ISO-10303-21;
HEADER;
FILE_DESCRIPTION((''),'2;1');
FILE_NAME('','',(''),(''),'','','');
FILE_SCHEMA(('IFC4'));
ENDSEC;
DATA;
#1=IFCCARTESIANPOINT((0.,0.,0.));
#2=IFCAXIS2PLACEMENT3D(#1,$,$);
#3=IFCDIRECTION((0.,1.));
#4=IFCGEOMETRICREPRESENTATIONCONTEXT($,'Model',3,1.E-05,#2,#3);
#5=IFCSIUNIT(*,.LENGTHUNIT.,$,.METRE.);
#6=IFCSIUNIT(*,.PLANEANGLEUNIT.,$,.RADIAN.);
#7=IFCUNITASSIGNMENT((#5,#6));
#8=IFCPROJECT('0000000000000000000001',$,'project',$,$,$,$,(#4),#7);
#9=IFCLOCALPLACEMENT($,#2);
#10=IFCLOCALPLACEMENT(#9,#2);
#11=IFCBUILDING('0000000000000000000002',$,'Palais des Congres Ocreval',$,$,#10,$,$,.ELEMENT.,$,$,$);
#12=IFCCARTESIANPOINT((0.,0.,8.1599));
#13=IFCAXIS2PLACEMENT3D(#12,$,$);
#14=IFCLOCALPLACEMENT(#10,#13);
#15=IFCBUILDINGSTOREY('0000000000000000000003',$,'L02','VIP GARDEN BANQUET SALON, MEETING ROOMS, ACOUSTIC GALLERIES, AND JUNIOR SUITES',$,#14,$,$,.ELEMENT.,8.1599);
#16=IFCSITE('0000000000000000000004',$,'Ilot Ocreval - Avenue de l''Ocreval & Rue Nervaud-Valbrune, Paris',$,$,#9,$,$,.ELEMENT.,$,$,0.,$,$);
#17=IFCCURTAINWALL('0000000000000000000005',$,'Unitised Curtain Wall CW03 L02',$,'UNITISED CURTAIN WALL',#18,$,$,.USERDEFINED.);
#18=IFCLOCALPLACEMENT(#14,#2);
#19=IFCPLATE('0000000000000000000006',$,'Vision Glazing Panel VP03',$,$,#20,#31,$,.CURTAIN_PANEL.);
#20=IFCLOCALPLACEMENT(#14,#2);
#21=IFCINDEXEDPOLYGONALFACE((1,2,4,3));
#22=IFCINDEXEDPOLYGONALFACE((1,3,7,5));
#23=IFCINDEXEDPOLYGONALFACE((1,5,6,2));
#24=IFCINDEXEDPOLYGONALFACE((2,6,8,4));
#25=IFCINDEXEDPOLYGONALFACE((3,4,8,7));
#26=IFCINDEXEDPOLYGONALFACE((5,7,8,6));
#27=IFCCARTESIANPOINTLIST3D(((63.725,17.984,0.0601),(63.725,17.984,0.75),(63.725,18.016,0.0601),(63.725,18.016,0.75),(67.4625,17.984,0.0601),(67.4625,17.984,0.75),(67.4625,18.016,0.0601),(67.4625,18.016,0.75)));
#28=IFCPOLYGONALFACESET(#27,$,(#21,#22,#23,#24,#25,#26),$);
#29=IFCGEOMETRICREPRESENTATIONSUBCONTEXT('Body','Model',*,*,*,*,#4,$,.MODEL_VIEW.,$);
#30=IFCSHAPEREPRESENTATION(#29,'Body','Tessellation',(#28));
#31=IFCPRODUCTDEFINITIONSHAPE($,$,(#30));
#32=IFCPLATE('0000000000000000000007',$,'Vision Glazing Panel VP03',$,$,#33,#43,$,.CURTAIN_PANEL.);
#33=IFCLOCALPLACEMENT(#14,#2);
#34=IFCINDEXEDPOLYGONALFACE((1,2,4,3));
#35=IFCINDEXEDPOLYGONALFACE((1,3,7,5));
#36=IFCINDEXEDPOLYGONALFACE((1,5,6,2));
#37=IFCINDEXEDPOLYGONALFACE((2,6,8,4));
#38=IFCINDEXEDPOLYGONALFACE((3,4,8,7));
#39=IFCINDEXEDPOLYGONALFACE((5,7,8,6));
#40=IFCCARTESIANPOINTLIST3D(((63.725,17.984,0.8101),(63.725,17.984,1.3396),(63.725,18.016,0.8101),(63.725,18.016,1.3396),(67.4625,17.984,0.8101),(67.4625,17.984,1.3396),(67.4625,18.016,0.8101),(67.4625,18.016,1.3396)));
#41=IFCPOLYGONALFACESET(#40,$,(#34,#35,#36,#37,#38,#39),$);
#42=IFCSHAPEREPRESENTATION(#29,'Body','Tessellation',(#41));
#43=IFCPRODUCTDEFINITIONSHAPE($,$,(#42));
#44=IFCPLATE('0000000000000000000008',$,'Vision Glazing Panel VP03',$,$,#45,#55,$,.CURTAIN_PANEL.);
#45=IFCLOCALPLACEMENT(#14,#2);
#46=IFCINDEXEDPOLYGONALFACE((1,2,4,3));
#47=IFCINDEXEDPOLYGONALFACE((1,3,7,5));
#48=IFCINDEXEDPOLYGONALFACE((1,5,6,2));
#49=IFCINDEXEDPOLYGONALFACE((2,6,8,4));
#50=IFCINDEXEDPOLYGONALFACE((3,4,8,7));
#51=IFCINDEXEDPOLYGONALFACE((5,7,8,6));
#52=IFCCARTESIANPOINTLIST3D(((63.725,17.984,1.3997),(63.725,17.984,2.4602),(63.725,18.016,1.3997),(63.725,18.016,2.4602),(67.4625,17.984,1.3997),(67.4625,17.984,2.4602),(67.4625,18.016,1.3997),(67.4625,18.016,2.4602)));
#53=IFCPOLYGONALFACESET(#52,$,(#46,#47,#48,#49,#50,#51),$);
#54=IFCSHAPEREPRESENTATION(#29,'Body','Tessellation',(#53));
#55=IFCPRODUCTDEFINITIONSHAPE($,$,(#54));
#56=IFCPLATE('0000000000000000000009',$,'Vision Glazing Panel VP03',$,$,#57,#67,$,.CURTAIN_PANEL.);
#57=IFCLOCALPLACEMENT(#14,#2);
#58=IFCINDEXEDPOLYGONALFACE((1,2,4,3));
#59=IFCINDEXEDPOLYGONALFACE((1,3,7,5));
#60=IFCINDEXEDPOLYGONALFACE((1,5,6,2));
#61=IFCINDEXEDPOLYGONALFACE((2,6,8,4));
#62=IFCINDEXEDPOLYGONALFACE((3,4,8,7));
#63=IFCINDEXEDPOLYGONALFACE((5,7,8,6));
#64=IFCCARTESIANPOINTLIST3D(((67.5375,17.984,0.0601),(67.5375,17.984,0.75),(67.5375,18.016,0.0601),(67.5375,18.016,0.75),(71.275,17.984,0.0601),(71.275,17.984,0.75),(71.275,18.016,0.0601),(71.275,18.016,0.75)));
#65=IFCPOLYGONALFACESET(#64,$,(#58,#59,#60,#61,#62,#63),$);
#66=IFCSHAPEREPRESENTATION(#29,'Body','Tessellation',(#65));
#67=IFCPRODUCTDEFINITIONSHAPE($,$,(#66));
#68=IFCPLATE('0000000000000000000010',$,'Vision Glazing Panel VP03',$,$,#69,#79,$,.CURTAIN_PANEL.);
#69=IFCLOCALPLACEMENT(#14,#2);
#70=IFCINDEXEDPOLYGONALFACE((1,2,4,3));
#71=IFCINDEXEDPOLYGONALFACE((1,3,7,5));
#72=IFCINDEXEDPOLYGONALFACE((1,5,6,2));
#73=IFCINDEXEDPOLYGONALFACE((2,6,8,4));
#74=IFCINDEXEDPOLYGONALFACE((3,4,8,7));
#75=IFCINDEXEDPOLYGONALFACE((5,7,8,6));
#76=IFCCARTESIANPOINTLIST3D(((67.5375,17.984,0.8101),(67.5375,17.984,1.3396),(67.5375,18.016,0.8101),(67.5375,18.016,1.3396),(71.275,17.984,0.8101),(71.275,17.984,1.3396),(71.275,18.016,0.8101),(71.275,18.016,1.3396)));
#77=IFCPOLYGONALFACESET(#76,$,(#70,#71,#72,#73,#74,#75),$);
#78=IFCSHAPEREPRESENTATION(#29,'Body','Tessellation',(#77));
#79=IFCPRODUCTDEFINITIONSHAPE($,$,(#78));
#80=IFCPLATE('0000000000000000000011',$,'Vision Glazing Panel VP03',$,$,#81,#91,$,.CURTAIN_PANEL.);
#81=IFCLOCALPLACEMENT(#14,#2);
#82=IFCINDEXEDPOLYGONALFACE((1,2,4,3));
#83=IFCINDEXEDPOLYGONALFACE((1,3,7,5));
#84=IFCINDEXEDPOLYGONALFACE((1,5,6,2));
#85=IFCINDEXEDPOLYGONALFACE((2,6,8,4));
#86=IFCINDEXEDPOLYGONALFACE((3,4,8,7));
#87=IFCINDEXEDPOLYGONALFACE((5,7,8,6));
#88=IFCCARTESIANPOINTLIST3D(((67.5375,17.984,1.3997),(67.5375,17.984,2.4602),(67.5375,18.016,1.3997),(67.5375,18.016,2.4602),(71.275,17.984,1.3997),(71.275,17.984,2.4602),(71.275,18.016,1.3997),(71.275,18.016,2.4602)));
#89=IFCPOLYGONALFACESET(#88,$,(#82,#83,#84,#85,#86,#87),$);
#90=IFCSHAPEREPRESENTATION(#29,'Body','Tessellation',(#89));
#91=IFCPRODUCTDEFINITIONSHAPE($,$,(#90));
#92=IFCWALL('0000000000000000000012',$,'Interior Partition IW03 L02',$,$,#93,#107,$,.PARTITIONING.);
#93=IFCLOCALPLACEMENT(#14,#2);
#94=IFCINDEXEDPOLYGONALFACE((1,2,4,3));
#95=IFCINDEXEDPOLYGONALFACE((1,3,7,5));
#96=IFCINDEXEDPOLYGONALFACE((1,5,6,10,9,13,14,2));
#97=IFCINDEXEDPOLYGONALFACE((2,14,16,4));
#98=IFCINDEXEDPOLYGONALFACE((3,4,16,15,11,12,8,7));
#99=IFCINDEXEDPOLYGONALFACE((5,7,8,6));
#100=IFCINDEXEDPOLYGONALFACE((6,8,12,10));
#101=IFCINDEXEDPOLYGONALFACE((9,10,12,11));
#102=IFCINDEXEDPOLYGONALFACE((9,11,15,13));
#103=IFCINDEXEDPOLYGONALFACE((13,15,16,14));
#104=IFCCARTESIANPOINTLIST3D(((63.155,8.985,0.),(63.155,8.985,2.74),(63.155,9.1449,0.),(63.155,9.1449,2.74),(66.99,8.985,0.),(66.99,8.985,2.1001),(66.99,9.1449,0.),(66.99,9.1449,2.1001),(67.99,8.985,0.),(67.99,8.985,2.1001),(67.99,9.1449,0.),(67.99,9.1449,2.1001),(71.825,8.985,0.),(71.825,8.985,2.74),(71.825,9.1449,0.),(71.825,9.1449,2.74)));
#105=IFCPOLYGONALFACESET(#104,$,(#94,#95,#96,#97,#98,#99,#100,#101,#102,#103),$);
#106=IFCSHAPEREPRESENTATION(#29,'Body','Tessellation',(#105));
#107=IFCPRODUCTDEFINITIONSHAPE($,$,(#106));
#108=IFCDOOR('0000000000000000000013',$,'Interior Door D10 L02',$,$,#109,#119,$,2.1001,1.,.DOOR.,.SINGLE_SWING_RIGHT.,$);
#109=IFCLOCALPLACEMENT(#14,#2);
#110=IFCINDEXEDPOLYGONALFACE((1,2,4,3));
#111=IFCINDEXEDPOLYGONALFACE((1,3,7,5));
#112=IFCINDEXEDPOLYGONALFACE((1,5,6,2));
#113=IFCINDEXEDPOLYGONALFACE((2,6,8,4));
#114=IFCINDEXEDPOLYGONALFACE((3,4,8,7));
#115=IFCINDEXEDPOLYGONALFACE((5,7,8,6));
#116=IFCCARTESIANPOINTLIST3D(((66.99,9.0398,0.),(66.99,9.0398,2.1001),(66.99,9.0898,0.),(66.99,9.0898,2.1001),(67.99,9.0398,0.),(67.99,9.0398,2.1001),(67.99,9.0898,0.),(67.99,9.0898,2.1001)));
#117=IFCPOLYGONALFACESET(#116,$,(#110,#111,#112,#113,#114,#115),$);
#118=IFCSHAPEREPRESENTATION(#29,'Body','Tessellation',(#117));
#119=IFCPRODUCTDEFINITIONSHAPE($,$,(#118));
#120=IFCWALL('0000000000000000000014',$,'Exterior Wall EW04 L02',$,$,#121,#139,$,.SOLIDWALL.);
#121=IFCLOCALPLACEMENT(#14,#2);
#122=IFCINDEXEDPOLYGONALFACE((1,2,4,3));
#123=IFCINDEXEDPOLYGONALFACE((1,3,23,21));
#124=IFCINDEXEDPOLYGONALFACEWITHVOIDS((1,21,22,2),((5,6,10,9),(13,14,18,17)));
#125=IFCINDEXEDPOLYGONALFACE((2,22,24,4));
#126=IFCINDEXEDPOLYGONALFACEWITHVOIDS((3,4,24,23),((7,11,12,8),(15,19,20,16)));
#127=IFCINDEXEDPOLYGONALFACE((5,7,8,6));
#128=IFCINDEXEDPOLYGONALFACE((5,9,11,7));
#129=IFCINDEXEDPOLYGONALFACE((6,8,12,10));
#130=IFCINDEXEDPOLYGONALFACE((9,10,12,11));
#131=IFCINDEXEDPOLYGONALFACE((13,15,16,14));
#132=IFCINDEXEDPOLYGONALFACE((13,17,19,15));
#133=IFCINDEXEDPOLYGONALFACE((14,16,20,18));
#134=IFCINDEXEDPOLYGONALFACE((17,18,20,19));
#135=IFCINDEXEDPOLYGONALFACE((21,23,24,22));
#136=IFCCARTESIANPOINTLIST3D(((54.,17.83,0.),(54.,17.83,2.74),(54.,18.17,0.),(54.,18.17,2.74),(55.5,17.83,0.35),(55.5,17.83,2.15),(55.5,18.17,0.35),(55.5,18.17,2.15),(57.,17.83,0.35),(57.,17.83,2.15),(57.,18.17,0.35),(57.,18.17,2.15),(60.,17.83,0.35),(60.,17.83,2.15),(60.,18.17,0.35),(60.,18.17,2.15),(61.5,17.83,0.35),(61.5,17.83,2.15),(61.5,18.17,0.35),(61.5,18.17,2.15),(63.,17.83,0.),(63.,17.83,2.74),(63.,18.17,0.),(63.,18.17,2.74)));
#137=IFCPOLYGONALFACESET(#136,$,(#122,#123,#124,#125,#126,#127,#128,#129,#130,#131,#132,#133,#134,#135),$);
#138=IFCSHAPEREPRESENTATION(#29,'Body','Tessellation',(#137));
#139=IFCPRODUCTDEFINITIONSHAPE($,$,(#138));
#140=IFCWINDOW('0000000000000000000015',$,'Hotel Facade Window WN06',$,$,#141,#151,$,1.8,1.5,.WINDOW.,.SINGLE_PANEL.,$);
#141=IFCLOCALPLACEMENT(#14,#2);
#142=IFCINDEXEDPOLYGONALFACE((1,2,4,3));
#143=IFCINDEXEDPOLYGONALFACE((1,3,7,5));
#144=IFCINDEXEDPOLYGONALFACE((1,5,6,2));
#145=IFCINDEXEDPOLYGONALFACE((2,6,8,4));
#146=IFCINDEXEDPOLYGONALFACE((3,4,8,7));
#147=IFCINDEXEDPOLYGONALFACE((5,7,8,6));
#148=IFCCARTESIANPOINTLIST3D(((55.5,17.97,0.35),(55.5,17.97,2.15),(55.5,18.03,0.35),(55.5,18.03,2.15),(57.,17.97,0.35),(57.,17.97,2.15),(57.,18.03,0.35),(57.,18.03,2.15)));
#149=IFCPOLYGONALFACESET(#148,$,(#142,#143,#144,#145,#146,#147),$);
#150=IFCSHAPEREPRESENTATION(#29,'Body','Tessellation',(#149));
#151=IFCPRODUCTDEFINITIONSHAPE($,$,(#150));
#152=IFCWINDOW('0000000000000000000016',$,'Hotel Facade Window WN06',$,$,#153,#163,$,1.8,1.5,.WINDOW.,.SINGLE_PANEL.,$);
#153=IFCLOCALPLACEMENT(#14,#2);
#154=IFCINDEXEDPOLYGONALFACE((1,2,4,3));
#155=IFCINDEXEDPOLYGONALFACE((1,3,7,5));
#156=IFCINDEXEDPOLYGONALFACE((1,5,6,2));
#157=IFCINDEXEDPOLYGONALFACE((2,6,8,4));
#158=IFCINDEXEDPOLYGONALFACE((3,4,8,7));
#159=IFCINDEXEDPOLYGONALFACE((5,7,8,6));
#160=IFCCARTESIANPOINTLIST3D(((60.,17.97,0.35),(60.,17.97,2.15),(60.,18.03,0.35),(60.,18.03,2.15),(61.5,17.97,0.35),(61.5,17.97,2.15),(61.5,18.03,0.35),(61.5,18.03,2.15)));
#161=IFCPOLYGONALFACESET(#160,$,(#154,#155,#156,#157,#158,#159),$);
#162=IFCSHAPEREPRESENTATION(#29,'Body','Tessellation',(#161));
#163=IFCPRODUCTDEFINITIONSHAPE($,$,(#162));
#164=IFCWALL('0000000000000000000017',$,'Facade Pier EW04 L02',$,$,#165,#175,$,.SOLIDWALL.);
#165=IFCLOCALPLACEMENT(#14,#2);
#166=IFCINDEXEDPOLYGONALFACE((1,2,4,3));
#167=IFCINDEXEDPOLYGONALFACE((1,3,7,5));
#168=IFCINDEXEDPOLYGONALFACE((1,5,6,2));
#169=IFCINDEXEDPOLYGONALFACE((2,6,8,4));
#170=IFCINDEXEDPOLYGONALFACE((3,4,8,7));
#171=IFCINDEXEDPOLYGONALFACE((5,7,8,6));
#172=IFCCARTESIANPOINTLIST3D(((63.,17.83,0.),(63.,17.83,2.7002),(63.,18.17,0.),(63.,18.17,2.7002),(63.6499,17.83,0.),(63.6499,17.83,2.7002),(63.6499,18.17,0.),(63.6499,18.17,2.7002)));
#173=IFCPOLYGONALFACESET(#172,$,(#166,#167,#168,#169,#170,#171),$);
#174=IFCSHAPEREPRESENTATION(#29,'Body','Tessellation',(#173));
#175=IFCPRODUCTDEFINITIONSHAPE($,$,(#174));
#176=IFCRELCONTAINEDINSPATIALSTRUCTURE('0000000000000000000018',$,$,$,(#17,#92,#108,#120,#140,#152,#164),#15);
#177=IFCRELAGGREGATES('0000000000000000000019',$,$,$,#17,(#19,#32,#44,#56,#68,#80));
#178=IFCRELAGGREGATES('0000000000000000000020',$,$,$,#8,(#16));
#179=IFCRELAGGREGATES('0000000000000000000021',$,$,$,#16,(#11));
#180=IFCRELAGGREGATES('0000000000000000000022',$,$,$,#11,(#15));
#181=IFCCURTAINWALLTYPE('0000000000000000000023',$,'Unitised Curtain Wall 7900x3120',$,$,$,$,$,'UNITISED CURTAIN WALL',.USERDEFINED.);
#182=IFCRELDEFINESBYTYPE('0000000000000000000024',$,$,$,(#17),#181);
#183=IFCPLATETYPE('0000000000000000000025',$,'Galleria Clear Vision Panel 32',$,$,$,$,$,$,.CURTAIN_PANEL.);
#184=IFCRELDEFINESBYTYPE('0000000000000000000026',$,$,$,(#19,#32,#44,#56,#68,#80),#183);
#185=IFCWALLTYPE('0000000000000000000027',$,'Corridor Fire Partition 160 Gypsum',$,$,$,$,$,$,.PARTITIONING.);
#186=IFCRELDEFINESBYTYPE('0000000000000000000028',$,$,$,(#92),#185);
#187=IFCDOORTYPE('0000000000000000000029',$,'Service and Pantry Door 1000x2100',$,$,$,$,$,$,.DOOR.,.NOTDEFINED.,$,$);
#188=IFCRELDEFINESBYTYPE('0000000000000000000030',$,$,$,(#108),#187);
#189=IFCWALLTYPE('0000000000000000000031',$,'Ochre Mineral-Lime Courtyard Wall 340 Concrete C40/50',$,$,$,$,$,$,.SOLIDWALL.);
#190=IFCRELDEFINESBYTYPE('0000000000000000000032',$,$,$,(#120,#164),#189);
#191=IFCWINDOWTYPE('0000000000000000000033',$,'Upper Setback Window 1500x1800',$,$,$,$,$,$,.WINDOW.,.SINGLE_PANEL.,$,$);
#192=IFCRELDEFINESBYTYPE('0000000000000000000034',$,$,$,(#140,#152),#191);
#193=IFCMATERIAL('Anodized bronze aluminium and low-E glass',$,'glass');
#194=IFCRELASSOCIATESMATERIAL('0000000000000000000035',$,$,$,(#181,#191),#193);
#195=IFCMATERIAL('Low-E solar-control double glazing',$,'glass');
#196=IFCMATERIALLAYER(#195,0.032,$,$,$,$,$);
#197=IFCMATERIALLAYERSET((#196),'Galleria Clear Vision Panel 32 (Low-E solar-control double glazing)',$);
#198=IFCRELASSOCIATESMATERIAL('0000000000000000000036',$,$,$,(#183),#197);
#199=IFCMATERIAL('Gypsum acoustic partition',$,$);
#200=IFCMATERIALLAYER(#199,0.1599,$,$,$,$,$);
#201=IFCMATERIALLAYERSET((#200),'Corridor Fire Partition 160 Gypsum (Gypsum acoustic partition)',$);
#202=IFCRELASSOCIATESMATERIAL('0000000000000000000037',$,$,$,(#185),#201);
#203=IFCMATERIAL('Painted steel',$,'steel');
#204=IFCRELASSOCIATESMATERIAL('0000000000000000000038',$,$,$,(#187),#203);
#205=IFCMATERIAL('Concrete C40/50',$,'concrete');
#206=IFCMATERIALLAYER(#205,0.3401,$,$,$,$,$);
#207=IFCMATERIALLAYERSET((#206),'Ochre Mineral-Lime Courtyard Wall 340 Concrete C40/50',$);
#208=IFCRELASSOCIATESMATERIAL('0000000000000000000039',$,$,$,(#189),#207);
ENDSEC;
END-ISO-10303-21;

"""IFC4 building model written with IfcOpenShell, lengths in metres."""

from ifc_helpers import new_model, si_unit, direction, frame, frame_2d, origin, origin_2d, place, context, subcontext, project, spatial, rectangle, extrude, material, layer, layer_set, type_object, element, fill, aggregate, save


model = new_model("IFC4")

# Units and contexts
model_context = context("Model", 3, precision=1e-05, world=origin(), true_north=direction((0.0, 1.0)))
body_context = subcontext(model_context, "Body", "Model", "MODEL_VIEW")
ifc_project = project(units=[si_unit("LENGTHUNIT", "METRE"), si_unit("PLANEANGLEUNIT", "RADIAN")], contexts=[model_context])

# Site, building, storey
site_placement = place(None, origin())
site = spatial("IfcSite", under=ifc_project, at=site_placement, Name="Ilot Ocreval - Avenue de l'Ocreval & Rue Nervaud-Valbrune, Paris", CompositionType="ELEMENT", RefElevation=0.0)
building_placement = place(site_placement, origin())
building = spatial("IfcBuilding", under=site, at=building_placement, Name="Palais des Congres Ocreval", CompositionType="ELEMENT")
storey_placement = place(building_placement, frame((0.0, 0.0, 8.1599)))
storey = spatial("IfcBuildingStorey", under=building, at=storey_placement, Name="L02", Description="VIP GARDEN BANQUET SALON, MEETING ROOMS, ACOUSTIC GALLERIES, AND JUNIOR SUITES", CompositionType="ELEMENT", Elevation=8.1599)

# Shared definitions
ifc_material_1 = material(Name="Concrete C40/50", Category="concrete")

# Curtain wall
ifc_material_2 = material(Name="Anodized bronze aluminium and low-E glass", Category="glass")
curtain_wall_type = type_object("IfcCurtainWallType", Name="Unitised Curtain Wall 7900x3120", ElementType="UNITISED CURTAIN WALL", PredefinedType="USERDEFINED", material=ifc_material_2)
curtain_wall_placement = place(storey_placement, origin())
curtain_wall = element("IfcCurtainWall", 1, at=curtain_wall_placement, inside=storey, type_object=curtain_wall_type, Name="Unitised Curtain Wall CW03 L02", ObjectType="UNITISED CURTAIN WALL", PredefinedType="USERDEFINED")

# Plates
ifc_material_3 = material(Name="Low-E solar-control double glazing", Category="glass")
ifc_layer_1 = layer(ifc_material_3, 0.032)
ifc_layer_set_1 = layer_set([ifc_layer_1], Name="Galleria Clear Vision Panel 32 (Low-E solar-control double glazing)")
plate_type_1 = type_object("IfcPlateType", Name="Galleria Clear Vision Panel 32", PredefinedType="CURTAIN_PANEL", material=ifc_layer_set_1)
plate_1_placement = place(storey_placement, frame((65.5938, 18.0, 0.0601), z_axis=(0.0, 0.0, 1.0), x_axis=(1.0, 0.0, 0.0)))
plate_1 = element("IfcPlate", 2, at=plate_1_placement, type_object=plate_type_1, Name="Vision Glazing Panel VP03", PredefinedType="CURTAIN_PANEL", context=body_context, shape_type="SweptSolid", body=[
    extrude(rectangle(XDim=3.7375, YDim=0.032, at=origin_2d()), origin(), (0.0, 0.0, 1.0), 0.6899),
])
plate_2_placement = place(storey_placement, frame((65.5938, 18.0, 0.8101), z_axis=(0.0, 0.0, 1.0), x_axis=(1.0, 0.0, 0.0)))
plate_2 = element("IfcPlate", 3, at=plate_2_placement, type_object=plate_type_1, Name="Vision Glazing Panel VP03", PredefinedType="CURTAIN_PANEL", context=body_context, shape_type="SweptSolid", body=[
    extrude(rectangle(XDim=3.7375, YDim=0.032, at=origin_2d()), origin(), (0.0, 0.0, 1.0), 0.5295),
])
plate_3_placement = place(storey_placement, frame((65.5938, 18.0, 1.3997), z_axis=(0.0, 0.0, 1.0), x_axis=(1.0, 0.0, 0.0)))
plate_3 = element("IfcPlate", 4, at=plate_3_placement, type_object=plate_type_1, Name="Vision Glazing Panel VP03", PredefinedType="CURTAIN_PANEL", context=body_context, shape_type="SweptSolid", body=[
    extrude(rectangle(XDim=3.7375, YDim=0.032, at=origin_2d()), origin(), (0.0, 0.0, 1.0), 1.0605),
])
plate_4_placement = place(storey_placement, frame((69.4062, 18.0, 0.0601), z_axis=(0.0, 0.0, 1.0), x_axis=(1.0, 0.0, 0.0)))
plate_4 = element("IfcPlate", 5, at=plate_4_placement, type_object=plate_type_1, Name="Vision Glazing Panel VP03", PredefinedType="CURTAIN_PANEL", context=body_context, shape_type="SweptSolid", body=[
    extrude(rectangle(XDim=3.7375, YDim=0.032, at=origin_2d()), origin(), (0.0, 0.0, 1.0), 0.6899),
])
plate_5_placement = place(storey_placement, frame((69.4062, 18.0, 0.8101), z_axis=(0.0, 0.0, 1.0), x_axis=(1.0, 0.0, 0.0)))
plate_5 = element("IfcPlate", 6, at=plate_5_placement, type_object=plate_type_1, Name="Vision Glazing Panel VP03", PredefinedType="CURTAIN_PANEL", context=body_context, shape_type="SweptSolid", body=[
    extrude(rectangle(XDim=3.7375, YDim=0.032, at=origin_2d()), origin(), (0.0, 0.0, 1.0), 0.5295),
])
plate_6_placement = place(storey_placement, frame((69.4062, 18.0, 1.3997), z_axis=(0.0, 0.0, 1.0), x_axis=(1.0, 0.0, 0.0)))
plate_6 = element("IfcPlate", 7, at=plate_6_placement, type_object=plate_type_1, Name="Vision Glazing Panel VP03", PredefinedType="CURTAIN_PANEL", context=body_context, shape_type="SweptSolid", body=[
    extrude(rectangle(XDim=3.7375, YDim=0.032, at=origin_2d()), origin(), (0.0, 0.0, 1.0), 1.0605),
])
aggregate(curtain_wall, [plate_1, plate_2, plate_3, plate_4, plate_5, plate_6])

# Wall, opening, door
ifc_material_4 = material(Name="Gypsum acoustic partition")
ifc_layer_2 = layer(ifc_material_4, 0.1599)
ifc_layer_set_2 = layer_set([ifc_layer_2], Name="Corridor Fire Partition 160 Gypsum (Gypsum acoustic partition)")
wall_type_1 = type_object("IfcWallType", Name="Corridor Fire Partition 160 Gypsum", PredefinedType="PARTITIONING", material=ifc_layer_set_2)
wall_1_placement = place(storey_placement, frame((63.155, 9.0649, 0.0), z_axis=(0.0, 0.0, 1.0), x_axis=(1.0, 0.0, 0.0)))
wall_1 = element("IfcWall", 8, at=wall_1_placement, inside=storey, type_object=wall_type_1, Name="Interior Partition IW03 L02", PredefinedType="PARTITIONING", context=body_context, shape_type="SweptSolid", body=[
    extrude(rectangle(XDim=8.6699, YDim=0.1599, at=frame_2d((4.335, 0.0))), origin(), (0.0, 0.0, 1.0), 2.74),
])
opening_1_placement = place(wall_1_placement, frame((3.835, 0.0, 0.0)))
opening_1 = element("IfcOpeningElement", 9, at=opening_1_placement, cuts=wall_1, PredefinedType="OPENING", context=body_context, shape_type="SweptSolid", body=[
    extrude(rectangle(XDim=1.0, YDim=2.1001, at=frame_2d((0.5, 1.05))), frame((0.0, 0.0898, 0.0), z_axis=(0.0, -1.0, 0.0), x_axis=(1.0, 0.0, 0.0)), (0.0, 0.0, 1.0), 0.1799),
])
ifc_material_5 = material(Name="Painted steel", Category="steel")
door_type = type_object("IfcDoorType", Name="Service and Pantry Door 1000x2100", OperationType="NOTDEFINED", PredefinedType="DOOR", material=ifc_material_5)
door_placement = place(opening_1_placement, origin())
door = element("IfcDoor", 10, at=door_placement, inside=storey, type_object=door_type, Name="Interior Door D10 L02", OperationType="SINGLE_SWING_RIGHT", OverallHeight=2.1001, OverallWidth=1.0, PredefinedType="DOOR", context=body_context, shape_type="SweptSolid", body=[
    extrude(rectangle(XDim=1.0, YDim=2.1001, at=frame_2d((0.5, 1.05))), frame((0.0, 0.0249, 0.0), z_axis=(0.0, -1.0, 0.0), x_axis=(1.0, 0.0, 0.0)), (0.0, 0.0, 1.0), 0.05),
])
fill(opening_1, door)

# Wall, openings, windows
ifc_layer_3 = layer(ifc_material_1, 0.3401)
ifc_layer_set_3 = layer_set([ifc_layer_3], Name="Ochre Mineral-Lime Courtyard Wall 340 Concrete C40/50")
wall_type_2 = type_object("IfcWallType", Name="Ochre Mineral-Lime Courtyard Wall 340 Concrete C40/50", PredefinedType="SOLIDWALL", material=ifc_layer_set_3)
wall_2_placement = place(storey_placement, frame((54.0, 18.0, 0.0), z_axis=(0.0, 0.0, 1.0), x_axis=(1.0, 0.0, 0.0)))
wall_2 = element("IfcWall", 11, at=wall_2_placement, inside=storey, type_object=wall_type_2, Name="Exterior Wall EW04 L02", PredefinedType="SOLIDWALL", context=body_context, shape_type="SweptSolid", body=[
    extrude(rectangle(XDim=9.0, YDim=0.3401, at=frame_2d((4.5, 0.0))), origin(), (0.0, 0.0, 1.0), 2.74),
])
opening_2_placement = place(wall_2_placement, frame((1.5, 0.0, 0.3501)))
opening_2 = element("IfcOpeningElement", 12, at=opening_2_placement, cuts=wall_2, PredefinedType="OPENING", context=body_context, shape_type="SweptSolid", body=[
    extrude(rectangle(XDim=1.5, YDim=1.8, at=frame_2d((0.75, 0.8999))), frame((0.0, 0.1799, 0.0), z_axis=(0.0, -1.0, 0.0), x_axis=(1.0, 0.0, 0.0)), (0.0, 0.0, 1.0), 0.3601),
])
opening_3_placement = place(wall_2_placement, frame((6.0, 0.0, 0.3501)))
opening_3 = element("IfcOpeningElement", 13, at=opening_3_placement, cuts=wall_2, PredefinedType="OPENING", context=body_context, shape_type="SweptSolid", body=[
    extrude(rectangle(XDim=1.5, YDim=1.8, at=frame_2d((0.75, 0.8999))), frame((0.0, 0.1799, 0.0), z_axis=(0.0, -1.0, 0.0), x_axis=(1.0, 0.0, 0.0)), (0.0, 0.0, 1.0), 0.3601),
])
window_type = type_object("IfcWindowType", Name="Upper Setback Window 1500x1800", PartitioningType="SINGLE_PANEL", PredefinedType="WINDOW", material=ifc_material_2)
window_1_placement = place(opening_2_placement, origin())
window_1 = element("IfcWindow", 14, at=window_1_placement, inside=storey, type_object=window_type, Name="Hotel Facade Window WN06", OverallHeight=1.8, OverallWidth=1.5, PartitioningType="SINGLE_PANEL", PredefinedType="WINDOW", context=body_context, shape_type="SweptSolid", body=[
    extrude(rectangle(XDim=1.5, YDim=1.8, at=frame_2d((0.75, 0.8999))), frame((0.0, 0.03, 0.0), z_axis=(0.0, -1.0, 0.0), x_axis=(1.0, 0.0, 0.0)), (0.0, 0.0, 1.0), 0.0601),
])
fill(opening_2, window_1)
window_2_placement = place(opening_3_placement, origin())
window_2 = element("IfcWindow", 15, at=window_2_placement, inside=storey, type_object=window_type, Name="Hotel Facade Window WN06", OverallHeight=1.8, OverallWidth=1.5, PartitioningType="SINGLE_PANEL", PredefinedType="WINDOW", context=body_context, shape_type="SweptSolid", body=[
    extrude(rectangle(XDim=1.5, YDim=1.8, at=frame_2d((0.75, 0.8999))), frame((0.0, 0.03, 0.0), z_axis=(0.0, -1.0, 0.0), x_axis=(1.0, 0.0, 0.0)), (0.0, 0.0, 1.0), 0.0601),
])
fill(opening_3, window_2)

# Wall
for number, where, z_axis, x_axis, name in (
    (16, (63.0, 18.0, 0.0), (0.0, 0.0, 1.0), (1.0, 0.0, 0.0), "Facade Pier EW04 L02"),
):
    element("IfcWall", number, at=place(storey_placement, frame(where, z_axis=z_axis, x_axis=x_axis)), inside=storey, type_object=wall_type_2, Name=name, PredefinedType="SOLIDWALL", context=body_context, shape_type="SweptSolid", body=[
        extrude(rectangle(XDim=0.6499, YDim=0.3401, at=frame_2d((0.325, 0.0))), origin(), (0.0, 0.0, 1.0), 2.7002),
    ])

save(model, "model.ifc")
